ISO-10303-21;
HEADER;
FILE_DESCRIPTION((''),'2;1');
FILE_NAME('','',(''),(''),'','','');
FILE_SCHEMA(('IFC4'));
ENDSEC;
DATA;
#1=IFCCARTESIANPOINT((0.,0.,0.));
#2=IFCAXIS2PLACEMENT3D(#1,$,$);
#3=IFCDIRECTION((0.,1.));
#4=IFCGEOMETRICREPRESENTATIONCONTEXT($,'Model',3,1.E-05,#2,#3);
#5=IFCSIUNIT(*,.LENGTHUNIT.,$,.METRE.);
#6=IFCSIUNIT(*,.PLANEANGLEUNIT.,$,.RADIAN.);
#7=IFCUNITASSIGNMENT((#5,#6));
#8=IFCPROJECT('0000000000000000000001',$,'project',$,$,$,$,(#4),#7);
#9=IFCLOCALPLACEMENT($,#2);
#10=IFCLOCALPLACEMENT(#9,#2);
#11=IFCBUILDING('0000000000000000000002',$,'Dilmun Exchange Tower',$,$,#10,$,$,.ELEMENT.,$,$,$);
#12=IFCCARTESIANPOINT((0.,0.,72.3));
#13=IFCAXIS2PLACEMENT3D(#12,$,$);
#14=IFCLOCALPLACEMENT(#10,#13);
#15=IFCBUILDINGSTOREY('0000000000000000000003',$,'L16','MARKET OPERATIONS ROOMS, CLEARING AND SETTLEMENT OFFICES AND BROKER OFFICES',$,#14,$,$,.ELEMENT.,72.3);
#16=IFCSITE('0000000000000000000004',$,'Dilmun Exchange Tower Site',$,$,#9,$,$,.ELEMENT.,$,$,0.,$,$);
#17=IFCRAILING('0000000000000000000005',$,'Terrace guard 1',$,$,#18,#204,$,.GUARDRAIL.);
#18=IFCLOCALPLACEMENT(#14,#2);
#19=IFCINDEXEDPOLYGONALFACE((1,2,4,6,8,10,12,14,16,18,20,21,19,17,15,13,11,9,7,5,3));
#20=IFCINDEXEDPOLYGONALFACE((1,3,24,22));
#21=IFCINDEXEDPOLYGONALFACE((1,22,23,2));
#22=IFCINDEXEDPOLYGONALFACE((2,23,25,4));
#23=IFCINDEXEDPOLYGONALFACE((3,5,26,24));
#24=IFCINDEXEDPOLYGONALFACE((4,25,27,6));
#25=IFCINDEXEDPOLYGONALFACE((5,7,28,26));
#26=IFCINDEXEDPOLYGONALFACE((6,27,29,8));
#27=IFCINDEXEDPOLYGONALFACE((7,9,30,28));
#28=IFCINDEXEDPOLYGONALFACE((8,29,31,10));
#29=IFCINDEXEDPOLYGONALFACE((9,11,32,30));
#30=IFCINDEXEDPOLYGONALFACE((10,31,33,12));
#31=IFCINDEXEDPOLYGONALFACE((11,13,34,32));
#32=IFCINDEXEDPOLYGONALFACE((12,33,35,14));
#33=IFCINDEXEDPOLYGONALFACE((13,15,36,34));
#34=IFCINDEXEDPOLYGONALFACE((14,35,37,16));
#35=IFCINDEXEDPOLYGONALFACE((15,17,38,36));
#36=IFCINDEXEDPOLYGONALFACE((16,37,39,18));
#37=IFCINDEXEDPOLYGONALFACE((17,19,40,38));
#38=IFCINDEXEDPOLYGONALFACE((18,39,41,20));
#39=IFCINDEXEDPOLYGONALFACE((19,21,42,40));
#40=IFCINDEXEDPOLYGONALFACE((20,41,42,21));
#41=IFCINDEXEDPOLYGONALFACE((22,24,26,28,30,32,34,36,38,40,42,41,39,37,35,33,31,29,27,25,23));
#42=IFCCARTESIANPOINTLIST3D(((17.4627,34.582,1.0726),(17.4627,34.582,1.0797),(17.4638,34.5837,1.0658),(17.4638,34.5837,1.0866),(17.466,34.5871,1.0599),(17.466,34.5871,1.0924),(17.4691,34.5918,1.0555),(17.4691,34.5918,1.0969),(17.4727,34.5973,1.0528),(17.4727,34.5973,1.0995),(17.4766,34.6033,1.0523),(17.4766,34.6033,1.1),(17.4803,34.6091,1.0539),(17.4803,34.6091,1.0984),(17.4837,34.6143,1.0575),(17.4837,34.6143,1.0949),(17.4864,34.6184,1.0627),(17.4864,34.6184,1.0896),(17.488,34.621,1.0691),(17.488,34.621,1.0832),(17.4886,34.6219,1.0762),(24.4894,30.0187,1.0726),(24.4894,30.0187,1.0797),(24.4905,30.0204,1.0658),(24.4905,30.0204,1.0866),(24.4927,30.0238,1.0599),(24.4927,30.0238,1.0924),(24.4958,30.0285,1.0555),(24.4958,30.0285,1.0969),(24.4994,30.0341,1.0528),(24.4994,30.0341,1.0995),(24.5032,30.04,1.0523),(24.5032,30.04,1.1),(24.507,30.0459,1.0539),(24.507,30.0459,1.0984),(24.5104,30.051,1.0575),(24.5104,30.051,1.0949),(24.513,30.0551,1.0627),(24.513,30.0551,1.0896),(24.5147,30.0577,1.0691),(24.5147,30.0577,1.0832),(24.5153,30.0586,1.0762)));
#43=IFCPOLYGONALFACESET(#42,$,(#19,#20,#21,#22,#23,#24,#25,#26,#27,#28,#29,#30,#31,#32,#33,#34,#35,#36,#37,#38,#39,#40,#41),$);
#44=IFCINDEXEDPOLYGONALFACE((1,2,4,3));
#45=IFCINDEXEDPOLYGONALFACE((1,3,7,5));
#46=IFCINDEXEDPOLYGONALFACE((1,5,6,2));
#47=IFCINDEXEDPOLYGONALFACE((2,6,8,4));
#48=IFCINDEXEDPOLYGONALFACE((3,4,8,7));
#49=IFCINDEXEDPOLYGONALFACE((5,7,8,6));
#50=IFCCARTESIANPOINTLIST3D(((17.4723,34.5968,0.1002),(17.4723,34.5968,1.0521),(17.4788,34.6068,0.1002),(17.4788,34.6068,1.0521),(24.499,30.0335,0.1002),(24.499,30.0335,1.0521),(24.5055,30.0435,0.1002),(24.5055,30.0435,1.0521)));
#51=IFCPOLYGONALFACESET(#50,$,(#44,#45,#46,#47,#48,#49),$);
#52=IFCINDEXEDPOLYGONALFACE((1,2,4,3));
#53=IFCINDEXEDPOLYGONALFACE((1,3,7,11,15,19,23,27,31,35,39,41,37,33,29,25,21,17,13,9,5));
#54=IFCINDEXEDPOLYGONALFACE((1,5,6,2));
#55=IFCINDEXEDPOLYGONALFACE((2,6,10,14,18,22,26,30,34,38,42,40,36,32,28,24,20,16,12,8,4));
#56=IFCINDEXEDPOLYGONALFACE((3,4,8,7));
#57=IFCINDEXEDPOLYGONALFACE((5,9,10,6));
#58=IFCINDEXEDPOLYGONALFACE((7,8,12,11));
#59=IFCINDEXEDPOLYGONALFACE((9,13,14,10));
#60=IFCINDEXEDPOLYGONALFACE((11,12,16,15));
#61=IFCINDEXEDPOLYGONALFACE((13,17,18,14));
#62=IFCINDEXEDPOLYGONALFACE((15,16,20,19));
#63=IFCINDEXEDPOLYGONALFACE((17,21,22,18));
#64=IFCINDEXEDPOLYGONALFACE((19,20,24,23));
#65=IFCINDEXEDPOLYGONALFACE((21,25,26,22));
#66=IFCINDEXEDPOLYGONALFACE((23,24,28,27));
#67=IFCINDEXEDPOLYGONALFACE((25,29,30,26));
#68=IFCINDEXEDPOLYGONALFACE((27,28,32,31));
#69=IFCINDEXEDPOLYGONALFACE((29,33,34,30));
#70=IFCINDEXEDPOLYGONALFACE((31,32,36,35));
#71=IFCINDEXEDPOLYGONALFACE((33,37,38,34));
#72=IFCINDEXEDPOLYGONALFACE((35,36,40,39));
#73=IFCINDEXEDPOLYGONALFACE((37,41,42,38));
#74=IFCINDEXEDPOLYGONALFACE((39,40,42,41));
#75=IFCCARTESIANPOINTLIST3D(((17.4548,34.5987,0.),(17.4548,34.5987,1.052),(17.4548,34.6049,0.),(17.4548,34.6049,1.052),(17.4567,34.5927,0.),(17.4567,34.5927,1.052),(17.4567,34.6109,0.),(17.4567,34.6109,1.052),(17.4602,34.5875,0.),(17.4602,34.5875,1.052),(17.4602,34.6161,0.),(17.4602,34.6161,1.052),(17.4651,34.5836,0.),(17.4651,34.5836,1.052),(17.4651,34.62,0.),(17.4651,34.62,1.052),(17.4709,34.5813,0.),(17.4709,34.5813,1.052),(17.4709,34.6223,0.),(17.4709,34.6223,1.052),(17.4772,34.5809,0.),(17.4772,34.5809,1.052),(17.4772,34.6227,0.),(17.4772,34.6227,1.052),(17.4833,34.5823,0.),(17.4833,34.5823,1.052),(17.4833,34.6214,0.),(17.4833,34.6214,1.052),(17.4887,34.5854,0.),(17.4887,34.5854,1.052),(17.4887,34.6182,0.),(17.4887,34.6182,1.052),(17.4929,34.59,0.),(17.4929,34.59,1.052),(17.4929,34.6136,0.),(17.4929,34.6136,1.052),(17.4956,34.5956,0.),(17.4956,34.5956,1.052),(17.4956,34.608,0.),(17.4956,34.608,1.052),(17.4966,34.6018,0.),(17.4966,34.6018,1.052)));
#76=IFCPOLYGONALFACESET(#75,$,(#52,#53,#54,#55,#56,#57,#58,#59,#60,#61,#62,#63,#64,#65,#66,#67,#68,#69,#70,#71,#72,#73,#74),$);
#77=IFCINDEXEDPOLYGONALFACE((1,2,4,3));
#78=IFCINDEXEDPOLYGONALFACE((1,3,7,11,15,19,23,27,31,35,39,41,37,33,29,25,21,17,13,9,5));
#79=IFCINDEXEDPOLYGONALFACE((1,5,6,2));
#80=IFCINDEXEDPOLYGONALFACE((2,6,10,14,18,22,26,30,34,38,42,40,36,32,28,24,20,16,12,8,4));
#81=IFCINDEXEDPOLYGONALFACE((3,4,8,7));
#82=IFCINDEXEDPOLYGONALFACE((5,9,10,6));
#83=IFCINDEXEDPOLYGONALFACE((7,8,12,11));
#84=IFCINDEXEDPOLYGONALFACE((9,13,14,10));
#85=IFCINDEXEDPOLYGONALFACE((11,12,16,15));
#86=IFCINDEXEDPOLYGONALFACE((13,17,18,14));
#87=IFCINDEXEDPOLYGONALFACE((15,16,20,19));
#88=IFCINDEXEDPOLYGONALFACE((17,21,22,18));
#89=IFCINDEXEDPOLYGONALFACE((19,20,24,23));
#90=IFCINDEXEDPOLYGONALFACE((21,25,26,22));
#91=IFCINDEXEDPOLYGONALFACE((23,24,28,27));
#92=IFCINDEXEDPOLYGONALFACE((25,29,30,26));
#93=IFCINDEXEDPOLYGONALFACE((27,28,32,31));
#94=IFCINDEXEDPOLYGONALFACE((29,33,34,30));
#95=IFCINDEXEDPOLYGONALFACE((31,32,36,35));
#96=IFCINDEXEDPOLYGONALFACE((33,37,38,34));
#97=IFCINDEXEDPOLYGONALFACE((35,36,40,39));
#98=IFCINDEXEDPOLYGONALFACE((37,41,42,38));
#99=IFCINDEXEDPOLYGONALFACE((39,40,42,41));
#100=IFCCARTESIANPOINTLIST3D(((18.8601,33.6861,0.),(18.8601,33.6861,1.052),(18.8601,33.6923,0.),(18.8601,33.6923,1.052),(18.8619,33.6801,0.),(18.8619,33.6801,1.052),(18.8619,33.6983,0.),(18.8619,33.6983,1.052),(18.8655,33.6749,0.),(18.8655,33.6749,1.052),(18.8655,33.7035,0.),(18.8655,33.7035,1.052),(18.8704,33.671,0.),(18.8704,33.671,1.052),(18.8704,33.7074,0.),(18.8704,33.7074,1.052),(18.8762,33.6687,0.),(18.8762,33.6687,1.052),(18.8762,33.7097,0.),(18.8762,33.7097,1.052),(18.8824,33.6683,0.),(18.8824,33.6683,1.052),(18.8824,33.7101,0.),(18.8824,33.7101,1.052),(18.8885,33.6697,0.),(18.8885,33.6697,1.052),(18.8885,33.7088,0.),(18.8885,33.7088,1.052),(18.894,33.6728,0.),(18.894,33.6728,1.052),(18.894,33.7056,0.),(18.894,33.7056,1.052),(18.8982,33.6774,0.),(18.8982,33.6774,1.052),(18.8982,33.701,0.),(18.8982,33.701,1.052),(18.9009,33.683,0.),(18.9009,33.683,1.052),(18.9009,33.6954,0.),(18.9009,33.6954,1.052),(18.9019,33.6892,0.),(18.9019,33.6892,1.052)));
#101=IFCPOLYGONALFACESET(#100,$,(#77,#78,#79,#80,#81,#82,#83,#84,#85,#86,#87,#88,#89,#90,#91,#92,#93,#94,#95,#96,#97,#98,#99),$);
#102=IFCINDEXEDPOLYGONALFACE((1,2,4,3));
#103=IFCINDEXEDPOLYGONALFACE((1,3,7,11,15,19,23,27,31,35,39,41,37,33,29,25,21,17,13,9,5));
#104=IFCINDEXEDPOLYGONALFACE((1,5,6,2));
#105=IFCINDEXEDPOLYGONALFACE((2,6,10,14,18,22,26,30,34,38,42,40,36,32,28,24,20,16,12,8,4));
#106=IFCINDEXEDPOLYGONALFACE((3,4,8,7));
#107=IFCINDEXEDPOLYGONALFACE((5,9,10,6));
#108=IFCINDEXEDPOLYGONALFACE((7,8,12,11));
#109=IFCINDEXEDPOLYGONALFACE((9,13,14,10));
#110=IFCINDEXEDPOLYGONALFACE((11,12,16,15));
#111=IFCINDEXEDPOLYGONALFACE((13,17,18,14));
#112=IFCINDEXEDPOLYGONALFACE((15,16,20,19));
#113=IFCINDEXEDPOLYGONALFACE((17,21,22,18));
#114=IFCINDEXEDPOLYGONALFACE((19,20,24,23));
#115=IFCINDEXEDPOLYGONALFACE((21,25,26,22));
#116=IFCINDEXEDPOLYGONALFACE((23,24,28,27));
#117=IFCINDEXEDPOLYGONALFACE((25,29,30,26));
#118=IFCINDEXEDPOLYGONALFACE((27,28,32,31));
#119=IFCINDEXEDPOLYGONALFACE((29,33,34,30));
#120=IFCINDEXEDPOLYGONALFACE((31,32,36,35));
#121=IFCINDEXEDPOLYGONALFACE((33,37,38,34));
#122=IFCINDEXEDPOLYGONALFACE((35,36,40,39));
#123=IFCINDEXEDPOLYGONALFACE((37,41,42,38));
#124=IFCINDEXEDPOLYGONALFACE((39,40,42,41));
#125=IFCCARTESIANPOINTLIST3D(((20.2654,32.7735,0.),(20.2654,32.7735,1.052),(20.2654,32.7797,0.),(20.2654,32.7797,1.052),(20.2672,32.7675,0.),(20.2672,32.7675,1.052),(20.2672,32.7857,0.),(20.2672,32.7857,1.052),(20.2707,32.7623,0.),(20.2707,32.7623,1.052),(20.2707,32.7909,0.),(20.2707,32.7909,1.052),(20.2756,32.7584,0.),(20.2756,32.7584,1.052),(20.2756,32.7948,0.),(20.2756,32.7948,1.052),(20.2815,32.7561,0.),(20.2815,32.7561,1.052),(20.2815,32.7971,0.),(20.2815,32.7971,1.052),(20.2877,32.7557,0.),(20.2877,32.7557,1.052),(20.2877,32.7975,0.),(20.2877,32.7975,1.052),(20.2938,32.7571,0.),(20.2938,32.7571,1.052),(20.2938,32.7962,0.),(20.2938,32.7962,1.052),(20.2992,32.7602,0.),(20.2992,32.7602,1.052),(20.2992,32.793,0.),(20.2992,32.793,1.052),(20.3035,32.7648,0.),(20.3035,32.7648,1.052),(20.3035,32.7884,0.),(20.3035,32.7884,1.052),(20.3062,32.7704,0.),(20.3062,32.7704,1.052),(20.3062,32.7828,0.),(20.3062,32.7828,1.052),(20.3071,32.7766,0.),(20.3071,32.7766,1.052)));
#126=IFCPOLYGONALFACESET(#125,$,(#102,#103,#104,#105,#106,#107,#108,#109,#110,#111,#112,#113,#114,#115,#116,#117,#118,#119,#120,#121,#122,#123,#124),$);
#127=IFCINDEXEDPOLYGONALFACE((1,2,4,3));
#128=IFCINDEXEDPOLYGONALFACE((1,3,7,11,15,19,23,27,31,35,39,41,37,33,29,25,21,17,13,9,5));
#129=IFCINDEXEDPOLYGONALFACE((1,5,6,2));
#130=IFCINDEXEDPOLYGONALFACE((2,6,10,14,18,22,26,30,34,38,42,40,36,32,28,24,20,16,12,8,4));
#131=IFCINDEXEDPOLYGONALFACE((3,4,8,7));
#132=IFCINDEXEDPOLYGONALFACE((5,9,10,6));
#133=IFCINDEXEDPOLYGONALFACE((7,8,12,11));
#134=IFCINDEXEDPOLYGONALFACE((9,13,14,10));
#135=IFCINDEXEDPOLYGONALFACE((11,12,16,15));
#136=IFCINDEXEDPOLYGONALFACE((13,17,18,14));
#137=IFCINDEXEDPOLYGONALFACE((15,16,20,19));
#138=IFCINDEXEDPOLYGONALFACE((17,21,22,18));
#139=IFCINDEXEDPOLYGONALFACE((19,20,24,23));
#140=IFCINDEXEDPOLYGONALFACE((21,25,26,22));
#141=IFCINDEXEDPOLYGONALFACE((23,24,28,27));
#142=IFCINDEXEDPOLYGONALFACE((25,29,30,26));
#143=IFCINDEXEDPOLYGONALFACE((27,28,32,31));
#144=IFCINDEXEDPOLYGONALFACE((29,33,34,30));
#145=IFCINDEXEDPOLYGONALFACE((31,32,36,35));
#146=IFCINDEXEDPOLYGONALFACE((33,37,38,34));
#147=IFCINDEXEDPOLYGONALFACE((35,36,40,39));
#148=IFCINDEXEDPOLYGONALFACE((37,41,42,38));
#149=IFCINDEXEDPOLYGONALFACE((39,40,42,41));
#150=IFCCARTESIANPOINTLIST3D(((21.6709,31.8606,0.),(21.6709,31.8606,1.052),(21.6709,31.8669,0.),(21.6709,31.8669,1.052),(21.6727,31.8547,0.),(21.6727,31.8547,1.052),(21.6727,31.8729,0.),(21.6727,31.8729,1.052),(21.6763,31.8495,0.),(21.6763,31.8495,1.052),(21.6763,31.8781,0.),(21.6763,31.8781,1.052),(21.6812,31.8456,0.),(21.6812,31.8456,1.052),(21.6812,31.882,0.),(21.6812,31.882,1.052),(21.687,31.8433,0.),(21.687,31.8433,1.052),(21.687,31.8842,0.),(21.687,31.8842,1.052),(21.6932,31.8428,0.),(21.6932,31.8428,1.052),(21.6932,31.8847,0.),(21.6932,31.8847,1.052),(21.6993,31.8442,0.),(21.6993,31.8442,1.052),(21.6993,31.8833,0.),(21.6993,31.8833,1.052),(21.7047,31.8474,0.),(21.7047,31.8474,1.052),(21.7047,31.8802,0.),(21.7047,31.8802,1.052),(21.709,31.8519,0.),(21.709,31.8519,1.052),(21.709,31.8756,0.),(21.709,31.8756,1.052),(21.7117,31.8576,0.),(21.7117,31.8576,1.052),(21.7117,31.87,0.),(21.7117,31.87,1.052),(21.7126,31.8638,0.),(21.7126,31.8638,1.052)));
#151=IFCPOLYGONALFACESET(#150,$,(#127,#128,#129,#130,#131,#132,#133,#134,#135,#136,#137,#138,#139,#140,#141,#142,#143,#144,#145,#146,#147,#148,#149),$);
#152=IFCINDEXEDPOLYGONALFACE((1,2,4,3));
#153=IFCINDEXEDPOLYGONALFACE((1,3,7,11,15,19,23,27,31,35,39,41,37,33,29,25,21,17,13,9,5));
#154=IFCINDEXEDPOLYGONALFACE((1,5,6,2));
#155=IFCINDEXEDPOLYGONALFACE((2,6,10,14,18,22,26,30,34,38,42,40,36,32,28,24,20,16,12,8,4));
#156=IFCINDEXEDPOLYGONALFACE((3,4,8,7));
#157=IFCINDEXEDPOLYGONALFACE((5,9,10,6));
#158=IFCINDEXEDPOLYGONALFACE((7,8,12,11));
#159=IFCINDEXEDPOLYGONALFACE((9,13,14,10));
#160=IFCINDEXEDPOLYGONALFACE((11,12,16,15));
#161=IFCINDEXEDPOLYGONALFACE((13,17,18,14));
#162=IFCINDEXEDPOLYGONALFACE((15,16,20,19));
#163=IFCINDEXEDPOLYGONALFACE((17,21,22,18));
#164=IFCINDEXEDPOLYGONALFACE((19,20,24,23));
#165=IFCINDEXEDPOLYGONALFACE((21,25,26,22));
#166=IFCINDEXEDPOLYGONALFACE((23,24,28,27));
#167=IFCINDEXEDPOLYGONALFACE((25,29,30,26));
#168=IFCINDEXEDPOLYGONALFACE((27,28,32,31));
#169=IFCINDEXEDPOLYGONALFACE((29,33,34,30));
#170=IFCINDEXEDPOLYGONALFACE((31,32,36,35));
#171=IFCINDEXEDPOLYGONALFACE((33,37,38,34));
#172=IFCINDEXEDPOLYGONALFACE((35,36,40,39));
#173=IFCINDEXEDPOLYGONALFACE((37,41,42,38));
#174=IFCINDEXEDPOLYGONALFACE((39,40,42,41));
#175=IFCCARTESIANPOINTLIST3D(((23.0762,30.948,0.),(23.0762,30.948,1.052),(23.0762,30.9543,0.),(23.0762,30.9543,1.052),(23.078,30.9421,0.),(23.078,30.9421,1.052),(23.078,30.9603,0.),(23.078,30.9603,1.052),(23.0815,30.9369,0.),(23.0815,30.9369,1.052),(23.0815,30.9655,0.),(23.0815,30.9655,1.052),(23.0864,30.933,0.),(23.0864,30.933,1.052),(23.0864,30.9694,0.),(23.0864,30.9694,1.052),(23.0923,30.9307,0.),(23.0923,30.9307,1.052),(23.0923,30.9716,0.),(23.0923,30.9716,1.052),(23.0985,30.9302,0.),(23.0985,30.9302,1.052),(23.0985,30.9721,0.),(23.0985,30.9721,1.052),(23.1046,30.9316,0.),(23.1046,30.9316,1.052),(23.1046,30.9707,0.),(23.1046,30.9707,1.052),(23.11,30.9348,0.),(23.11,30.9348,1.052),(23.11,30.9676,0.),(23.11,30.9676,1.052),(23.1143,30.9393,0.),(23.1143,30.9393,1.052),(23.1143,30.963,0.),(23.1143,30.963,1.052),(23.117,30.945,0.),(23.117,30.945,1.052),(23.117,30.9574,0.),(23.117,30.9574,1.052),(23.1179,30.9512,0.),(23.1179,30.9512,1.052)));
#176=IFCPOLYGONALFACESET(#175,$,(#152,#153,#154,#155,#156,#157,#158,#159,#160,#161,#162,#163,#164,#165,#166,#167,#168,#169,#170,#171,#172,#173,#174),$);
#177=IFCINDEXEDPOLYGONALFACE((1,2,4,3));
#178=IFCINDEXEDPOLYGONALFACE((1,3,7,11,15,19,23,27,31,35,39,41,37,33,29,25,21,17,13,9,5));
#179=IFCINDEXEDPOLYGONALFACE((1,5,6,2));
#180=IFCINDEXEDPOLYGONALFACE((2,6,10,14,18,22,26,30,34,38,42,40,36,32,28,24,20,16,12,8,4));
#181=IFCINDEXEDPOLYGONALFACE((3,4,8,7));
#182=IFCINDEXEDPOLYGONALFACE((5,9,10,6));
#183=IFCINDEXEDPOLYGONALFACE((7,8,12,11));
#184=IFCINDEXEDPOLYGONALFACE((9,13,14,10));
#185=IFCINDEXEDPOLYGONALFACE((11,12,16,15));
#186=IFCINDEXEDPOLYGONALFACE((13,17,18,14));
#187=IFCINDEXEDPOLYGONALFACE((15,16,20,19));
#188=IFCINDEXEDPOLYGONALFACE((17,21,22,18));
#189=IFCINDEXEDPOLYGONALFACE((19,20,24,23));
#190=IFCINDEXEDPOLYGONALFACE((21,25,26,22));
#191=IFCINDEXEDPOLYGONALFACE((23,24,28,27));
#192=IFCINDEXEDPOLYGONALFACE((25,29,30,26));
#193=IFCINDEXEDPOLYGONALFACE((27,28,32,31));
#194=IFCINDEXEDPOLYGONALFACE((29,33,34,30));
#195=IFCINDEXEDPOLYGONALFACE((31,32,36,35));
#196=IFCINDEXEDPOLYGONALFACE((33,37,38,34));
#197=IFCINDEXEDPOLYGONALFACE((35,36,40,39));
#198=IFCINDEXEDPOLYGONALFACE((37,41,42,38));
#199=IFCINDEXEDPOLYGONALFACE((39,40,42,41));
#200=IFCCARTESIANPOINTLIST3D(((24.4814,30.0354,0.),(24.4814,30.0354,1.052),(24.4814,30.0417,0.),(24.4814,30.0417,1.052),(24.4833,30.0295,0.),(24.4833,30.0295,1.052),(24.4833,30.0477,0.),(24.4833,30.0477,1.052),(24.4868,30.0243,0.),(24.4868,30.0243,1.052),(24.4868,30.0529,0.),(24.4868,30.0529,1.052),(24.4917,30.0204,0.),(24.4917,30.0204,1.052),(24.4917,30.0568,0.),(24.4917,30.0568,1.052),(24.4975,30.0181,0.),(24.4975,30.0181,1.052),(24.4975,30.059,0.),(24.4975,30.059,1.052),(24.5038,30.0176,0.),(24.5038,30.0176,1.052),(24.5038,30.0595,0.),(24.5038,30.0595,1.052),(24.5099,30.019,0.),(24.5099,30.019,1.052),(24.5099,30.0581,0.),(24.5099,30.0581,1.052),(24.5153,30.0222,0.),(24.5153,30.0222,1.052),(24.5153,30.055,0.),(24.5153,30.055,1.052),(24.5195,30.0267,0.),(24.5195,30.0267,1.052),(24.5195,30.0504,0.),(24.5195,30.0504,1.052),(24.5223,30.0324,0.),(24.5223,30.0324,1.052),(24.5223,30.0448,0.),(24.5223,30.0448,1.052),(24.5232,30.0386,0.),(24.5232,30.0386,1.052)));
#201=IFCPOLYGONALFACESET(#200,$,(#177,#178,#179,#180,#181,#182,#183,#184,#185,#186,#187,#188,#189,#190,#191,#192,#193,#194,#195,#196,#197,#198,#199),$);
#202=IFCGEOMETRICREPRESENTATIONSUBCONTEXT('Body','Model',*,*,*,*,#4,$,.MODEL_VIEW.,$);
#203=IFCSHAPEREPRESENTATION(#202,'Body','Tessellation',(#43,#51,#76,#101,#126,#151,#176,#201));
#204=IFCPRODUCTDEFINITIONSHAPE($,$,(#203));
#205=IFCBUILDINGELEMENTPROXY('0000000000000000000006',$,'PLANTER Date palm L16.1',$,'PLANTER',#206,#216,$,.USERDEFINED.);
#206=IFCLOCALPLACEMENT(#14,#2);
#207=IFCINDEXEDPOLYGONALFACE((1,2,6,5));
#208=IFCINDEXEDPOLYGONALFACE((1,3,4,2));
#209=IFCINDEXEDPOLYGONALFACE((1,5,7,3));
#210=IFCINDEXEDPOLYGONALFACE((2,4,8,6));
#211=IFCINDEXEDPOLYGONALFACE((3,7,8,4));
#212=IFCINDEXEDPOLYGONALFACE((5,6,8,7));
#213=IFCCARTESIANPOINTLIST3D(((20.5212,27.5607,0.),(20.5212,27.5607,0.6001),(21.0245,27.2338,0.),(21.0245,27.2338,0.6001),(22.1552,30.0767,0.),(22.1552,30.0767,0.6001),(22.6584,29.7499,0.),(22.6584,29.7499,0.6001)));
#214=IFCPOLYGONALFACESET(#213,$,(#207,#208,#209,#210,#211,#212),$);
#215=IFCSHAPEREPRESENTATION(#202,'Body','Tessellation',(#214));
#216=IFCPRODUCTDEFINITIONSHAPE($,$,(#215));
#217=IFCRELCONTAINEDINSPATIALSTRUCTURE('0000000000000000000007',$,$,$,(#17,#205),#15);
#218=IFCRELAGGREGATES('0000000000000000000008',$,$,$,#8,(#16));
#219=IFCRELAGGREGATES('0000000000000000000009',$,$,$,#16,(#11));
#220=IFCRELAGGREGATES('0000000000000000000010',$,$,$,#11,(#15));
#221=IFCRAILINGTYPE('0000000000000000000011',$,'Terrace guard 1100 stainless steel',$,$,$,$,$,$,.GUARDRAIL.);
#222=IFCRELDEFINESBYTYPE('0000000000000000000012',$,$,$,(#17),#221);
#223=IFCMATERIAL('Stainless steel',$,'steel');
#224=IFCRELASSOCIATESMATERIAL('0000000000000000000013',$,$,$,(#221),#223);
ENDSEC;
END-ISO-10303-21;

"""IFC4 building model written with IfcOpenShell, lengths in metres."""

from ifc_helpers import new_model, si_unit, direction, frame, origin, origin_2d, place, context, subcontext, project, spatial, rectangle, circle, extrude, material, type_object, element, save


model = new_model("IFC4")

# Units and contexts
model_context = context("Model", 3, precision=1e-05, world=origin(), true_north=direction((0.0, 1.0)))
body_context = subcontext(model_context, "Body", "Model", "MODEL_VIEW")
ifc_project = project(units=[si_unit("LENGTHUNIT", "METRE"), si_unit("PLANEANGLEUNIT", "RADIAN")], contexts=[model_context])

# Site, building, storey
site_placement = place(None, origin())
site = spatial("IfcSite", under=ifc_project, at=site_placement, Name="Dilmun Exchange Tower Site", CompositionType="ELEMENT", RefElevation=0.0)
building_placement = place(site_placement, origin())
building = spatial("IfcBuilding", under=site, at=building_placement, Name="Dilmun Exchange Tower", CompositionType="ELEMENT")
storey_placement = place(building_placement, frame((0.0, 0.0, 72.3)))
storey = spatial("IfcBuildingStorey", under=building, at=storey_placement, Name="L16", Description="MARKET OPERATIONS ROOMS, CLEARING AND SETTLEMENT OFFICES AND BROKER OFFICES", CompositionType="ELEMENT", Elevation=72.3)

# Railing
ifc_material_1 = material(Name="Stainless steel", Category="steel")
railing_type = type_object("IfcRailingType", Name="Terrace guard 1100 stainless steel", PredefinedType="GUARDRAIL", material=ifc_material_1)
railing_placement = place(storey_placement, frame((17.4756, 34.6018, 0.0)))
element("IfcRailing", 1, at=railing_placement, inside=storey, type_object=railing_type, Name="Terrace guard 1", PredefinedType="GUARDRAIL", context=body_context, shape_type="SweptSolid", body=[
    extrude(circle(Radius=0.0239, at=origin_2d()), frame((0.0, 0.0, 1.0762), z_axis=(0.838665, -0.544647, 0.0), x_axis=(0.544647, 0.838665, 0.0)), (0.0, 0.0, 1.0), 8.3784),
    extrude(rectangle(XDim=0.012, YDim=0.9519, at=origin_2d()), frame((0.0, 0.0, 0.5762), z_axis=(0.838665, -0.544647, 0.0), x_axis=(0.544647, 0.838665, 0.0)), (0.0, 0.0, 1.0), 8.3784),
    extrude(circle(Radius=0.021, at=origin_2d()), origin(), (0.0, 0.0, 1.0), 1.052),
    extrude(circle(Radius=0.021, at=origin_2d()), frame((1.4053, -0.9126, 0.0)), (0.0, 0.0, 1.0), 1.052),
    extrude(circle(Radius=0.021, at=origin_2d()), frame((2.8105, -1.8252, 0.0)), (0.0, 0.0, 1.0), 1.052),
    extrude(circle(Radius=0.021, at=origin_2d()), frame((4.2161, -2.738, 0.0)), (0.0, 0.0, 1.0), 1.052),
    extrude(circle(Radius=0.021, at=origin_2d()), frame((5.6213, -3.6506, 0.0)), (0.0, 0.0, 1.0), 1.052),
    extrude(circle(Radius=0.021, at=origin_2d()), frame((7.0266, -4.5632, 0.0)), (0.0, 0.0, 1.0), 1.052),
])

# Building element proxy
for number, where, z_axis, x_axis, name in (
    (2, (21.5898, 28.6553, 0.0), (0.0, 0.0, 1.0), (0.544639, 0.838671, 0.0), "PLANTER Date palm L16.1"),
):
    element("IfcBuildingElementProxy", number, at=place(storey_placement, frame(where, z_axis=z_axis, x_axis=x_axis)), inside=storey, Name=name, ObjectType="PLANTER", PredefinedType="USERDEFINED", context=body_context, shape_type="SweptSolid", body=[
        extrude(rectangle(XDim=3.0, YDim=0.6001, at=origin_2d()), origin(), (0.0, 0.0, 1.0), 0.6001),
    ])

save(model, "model.ifc")
